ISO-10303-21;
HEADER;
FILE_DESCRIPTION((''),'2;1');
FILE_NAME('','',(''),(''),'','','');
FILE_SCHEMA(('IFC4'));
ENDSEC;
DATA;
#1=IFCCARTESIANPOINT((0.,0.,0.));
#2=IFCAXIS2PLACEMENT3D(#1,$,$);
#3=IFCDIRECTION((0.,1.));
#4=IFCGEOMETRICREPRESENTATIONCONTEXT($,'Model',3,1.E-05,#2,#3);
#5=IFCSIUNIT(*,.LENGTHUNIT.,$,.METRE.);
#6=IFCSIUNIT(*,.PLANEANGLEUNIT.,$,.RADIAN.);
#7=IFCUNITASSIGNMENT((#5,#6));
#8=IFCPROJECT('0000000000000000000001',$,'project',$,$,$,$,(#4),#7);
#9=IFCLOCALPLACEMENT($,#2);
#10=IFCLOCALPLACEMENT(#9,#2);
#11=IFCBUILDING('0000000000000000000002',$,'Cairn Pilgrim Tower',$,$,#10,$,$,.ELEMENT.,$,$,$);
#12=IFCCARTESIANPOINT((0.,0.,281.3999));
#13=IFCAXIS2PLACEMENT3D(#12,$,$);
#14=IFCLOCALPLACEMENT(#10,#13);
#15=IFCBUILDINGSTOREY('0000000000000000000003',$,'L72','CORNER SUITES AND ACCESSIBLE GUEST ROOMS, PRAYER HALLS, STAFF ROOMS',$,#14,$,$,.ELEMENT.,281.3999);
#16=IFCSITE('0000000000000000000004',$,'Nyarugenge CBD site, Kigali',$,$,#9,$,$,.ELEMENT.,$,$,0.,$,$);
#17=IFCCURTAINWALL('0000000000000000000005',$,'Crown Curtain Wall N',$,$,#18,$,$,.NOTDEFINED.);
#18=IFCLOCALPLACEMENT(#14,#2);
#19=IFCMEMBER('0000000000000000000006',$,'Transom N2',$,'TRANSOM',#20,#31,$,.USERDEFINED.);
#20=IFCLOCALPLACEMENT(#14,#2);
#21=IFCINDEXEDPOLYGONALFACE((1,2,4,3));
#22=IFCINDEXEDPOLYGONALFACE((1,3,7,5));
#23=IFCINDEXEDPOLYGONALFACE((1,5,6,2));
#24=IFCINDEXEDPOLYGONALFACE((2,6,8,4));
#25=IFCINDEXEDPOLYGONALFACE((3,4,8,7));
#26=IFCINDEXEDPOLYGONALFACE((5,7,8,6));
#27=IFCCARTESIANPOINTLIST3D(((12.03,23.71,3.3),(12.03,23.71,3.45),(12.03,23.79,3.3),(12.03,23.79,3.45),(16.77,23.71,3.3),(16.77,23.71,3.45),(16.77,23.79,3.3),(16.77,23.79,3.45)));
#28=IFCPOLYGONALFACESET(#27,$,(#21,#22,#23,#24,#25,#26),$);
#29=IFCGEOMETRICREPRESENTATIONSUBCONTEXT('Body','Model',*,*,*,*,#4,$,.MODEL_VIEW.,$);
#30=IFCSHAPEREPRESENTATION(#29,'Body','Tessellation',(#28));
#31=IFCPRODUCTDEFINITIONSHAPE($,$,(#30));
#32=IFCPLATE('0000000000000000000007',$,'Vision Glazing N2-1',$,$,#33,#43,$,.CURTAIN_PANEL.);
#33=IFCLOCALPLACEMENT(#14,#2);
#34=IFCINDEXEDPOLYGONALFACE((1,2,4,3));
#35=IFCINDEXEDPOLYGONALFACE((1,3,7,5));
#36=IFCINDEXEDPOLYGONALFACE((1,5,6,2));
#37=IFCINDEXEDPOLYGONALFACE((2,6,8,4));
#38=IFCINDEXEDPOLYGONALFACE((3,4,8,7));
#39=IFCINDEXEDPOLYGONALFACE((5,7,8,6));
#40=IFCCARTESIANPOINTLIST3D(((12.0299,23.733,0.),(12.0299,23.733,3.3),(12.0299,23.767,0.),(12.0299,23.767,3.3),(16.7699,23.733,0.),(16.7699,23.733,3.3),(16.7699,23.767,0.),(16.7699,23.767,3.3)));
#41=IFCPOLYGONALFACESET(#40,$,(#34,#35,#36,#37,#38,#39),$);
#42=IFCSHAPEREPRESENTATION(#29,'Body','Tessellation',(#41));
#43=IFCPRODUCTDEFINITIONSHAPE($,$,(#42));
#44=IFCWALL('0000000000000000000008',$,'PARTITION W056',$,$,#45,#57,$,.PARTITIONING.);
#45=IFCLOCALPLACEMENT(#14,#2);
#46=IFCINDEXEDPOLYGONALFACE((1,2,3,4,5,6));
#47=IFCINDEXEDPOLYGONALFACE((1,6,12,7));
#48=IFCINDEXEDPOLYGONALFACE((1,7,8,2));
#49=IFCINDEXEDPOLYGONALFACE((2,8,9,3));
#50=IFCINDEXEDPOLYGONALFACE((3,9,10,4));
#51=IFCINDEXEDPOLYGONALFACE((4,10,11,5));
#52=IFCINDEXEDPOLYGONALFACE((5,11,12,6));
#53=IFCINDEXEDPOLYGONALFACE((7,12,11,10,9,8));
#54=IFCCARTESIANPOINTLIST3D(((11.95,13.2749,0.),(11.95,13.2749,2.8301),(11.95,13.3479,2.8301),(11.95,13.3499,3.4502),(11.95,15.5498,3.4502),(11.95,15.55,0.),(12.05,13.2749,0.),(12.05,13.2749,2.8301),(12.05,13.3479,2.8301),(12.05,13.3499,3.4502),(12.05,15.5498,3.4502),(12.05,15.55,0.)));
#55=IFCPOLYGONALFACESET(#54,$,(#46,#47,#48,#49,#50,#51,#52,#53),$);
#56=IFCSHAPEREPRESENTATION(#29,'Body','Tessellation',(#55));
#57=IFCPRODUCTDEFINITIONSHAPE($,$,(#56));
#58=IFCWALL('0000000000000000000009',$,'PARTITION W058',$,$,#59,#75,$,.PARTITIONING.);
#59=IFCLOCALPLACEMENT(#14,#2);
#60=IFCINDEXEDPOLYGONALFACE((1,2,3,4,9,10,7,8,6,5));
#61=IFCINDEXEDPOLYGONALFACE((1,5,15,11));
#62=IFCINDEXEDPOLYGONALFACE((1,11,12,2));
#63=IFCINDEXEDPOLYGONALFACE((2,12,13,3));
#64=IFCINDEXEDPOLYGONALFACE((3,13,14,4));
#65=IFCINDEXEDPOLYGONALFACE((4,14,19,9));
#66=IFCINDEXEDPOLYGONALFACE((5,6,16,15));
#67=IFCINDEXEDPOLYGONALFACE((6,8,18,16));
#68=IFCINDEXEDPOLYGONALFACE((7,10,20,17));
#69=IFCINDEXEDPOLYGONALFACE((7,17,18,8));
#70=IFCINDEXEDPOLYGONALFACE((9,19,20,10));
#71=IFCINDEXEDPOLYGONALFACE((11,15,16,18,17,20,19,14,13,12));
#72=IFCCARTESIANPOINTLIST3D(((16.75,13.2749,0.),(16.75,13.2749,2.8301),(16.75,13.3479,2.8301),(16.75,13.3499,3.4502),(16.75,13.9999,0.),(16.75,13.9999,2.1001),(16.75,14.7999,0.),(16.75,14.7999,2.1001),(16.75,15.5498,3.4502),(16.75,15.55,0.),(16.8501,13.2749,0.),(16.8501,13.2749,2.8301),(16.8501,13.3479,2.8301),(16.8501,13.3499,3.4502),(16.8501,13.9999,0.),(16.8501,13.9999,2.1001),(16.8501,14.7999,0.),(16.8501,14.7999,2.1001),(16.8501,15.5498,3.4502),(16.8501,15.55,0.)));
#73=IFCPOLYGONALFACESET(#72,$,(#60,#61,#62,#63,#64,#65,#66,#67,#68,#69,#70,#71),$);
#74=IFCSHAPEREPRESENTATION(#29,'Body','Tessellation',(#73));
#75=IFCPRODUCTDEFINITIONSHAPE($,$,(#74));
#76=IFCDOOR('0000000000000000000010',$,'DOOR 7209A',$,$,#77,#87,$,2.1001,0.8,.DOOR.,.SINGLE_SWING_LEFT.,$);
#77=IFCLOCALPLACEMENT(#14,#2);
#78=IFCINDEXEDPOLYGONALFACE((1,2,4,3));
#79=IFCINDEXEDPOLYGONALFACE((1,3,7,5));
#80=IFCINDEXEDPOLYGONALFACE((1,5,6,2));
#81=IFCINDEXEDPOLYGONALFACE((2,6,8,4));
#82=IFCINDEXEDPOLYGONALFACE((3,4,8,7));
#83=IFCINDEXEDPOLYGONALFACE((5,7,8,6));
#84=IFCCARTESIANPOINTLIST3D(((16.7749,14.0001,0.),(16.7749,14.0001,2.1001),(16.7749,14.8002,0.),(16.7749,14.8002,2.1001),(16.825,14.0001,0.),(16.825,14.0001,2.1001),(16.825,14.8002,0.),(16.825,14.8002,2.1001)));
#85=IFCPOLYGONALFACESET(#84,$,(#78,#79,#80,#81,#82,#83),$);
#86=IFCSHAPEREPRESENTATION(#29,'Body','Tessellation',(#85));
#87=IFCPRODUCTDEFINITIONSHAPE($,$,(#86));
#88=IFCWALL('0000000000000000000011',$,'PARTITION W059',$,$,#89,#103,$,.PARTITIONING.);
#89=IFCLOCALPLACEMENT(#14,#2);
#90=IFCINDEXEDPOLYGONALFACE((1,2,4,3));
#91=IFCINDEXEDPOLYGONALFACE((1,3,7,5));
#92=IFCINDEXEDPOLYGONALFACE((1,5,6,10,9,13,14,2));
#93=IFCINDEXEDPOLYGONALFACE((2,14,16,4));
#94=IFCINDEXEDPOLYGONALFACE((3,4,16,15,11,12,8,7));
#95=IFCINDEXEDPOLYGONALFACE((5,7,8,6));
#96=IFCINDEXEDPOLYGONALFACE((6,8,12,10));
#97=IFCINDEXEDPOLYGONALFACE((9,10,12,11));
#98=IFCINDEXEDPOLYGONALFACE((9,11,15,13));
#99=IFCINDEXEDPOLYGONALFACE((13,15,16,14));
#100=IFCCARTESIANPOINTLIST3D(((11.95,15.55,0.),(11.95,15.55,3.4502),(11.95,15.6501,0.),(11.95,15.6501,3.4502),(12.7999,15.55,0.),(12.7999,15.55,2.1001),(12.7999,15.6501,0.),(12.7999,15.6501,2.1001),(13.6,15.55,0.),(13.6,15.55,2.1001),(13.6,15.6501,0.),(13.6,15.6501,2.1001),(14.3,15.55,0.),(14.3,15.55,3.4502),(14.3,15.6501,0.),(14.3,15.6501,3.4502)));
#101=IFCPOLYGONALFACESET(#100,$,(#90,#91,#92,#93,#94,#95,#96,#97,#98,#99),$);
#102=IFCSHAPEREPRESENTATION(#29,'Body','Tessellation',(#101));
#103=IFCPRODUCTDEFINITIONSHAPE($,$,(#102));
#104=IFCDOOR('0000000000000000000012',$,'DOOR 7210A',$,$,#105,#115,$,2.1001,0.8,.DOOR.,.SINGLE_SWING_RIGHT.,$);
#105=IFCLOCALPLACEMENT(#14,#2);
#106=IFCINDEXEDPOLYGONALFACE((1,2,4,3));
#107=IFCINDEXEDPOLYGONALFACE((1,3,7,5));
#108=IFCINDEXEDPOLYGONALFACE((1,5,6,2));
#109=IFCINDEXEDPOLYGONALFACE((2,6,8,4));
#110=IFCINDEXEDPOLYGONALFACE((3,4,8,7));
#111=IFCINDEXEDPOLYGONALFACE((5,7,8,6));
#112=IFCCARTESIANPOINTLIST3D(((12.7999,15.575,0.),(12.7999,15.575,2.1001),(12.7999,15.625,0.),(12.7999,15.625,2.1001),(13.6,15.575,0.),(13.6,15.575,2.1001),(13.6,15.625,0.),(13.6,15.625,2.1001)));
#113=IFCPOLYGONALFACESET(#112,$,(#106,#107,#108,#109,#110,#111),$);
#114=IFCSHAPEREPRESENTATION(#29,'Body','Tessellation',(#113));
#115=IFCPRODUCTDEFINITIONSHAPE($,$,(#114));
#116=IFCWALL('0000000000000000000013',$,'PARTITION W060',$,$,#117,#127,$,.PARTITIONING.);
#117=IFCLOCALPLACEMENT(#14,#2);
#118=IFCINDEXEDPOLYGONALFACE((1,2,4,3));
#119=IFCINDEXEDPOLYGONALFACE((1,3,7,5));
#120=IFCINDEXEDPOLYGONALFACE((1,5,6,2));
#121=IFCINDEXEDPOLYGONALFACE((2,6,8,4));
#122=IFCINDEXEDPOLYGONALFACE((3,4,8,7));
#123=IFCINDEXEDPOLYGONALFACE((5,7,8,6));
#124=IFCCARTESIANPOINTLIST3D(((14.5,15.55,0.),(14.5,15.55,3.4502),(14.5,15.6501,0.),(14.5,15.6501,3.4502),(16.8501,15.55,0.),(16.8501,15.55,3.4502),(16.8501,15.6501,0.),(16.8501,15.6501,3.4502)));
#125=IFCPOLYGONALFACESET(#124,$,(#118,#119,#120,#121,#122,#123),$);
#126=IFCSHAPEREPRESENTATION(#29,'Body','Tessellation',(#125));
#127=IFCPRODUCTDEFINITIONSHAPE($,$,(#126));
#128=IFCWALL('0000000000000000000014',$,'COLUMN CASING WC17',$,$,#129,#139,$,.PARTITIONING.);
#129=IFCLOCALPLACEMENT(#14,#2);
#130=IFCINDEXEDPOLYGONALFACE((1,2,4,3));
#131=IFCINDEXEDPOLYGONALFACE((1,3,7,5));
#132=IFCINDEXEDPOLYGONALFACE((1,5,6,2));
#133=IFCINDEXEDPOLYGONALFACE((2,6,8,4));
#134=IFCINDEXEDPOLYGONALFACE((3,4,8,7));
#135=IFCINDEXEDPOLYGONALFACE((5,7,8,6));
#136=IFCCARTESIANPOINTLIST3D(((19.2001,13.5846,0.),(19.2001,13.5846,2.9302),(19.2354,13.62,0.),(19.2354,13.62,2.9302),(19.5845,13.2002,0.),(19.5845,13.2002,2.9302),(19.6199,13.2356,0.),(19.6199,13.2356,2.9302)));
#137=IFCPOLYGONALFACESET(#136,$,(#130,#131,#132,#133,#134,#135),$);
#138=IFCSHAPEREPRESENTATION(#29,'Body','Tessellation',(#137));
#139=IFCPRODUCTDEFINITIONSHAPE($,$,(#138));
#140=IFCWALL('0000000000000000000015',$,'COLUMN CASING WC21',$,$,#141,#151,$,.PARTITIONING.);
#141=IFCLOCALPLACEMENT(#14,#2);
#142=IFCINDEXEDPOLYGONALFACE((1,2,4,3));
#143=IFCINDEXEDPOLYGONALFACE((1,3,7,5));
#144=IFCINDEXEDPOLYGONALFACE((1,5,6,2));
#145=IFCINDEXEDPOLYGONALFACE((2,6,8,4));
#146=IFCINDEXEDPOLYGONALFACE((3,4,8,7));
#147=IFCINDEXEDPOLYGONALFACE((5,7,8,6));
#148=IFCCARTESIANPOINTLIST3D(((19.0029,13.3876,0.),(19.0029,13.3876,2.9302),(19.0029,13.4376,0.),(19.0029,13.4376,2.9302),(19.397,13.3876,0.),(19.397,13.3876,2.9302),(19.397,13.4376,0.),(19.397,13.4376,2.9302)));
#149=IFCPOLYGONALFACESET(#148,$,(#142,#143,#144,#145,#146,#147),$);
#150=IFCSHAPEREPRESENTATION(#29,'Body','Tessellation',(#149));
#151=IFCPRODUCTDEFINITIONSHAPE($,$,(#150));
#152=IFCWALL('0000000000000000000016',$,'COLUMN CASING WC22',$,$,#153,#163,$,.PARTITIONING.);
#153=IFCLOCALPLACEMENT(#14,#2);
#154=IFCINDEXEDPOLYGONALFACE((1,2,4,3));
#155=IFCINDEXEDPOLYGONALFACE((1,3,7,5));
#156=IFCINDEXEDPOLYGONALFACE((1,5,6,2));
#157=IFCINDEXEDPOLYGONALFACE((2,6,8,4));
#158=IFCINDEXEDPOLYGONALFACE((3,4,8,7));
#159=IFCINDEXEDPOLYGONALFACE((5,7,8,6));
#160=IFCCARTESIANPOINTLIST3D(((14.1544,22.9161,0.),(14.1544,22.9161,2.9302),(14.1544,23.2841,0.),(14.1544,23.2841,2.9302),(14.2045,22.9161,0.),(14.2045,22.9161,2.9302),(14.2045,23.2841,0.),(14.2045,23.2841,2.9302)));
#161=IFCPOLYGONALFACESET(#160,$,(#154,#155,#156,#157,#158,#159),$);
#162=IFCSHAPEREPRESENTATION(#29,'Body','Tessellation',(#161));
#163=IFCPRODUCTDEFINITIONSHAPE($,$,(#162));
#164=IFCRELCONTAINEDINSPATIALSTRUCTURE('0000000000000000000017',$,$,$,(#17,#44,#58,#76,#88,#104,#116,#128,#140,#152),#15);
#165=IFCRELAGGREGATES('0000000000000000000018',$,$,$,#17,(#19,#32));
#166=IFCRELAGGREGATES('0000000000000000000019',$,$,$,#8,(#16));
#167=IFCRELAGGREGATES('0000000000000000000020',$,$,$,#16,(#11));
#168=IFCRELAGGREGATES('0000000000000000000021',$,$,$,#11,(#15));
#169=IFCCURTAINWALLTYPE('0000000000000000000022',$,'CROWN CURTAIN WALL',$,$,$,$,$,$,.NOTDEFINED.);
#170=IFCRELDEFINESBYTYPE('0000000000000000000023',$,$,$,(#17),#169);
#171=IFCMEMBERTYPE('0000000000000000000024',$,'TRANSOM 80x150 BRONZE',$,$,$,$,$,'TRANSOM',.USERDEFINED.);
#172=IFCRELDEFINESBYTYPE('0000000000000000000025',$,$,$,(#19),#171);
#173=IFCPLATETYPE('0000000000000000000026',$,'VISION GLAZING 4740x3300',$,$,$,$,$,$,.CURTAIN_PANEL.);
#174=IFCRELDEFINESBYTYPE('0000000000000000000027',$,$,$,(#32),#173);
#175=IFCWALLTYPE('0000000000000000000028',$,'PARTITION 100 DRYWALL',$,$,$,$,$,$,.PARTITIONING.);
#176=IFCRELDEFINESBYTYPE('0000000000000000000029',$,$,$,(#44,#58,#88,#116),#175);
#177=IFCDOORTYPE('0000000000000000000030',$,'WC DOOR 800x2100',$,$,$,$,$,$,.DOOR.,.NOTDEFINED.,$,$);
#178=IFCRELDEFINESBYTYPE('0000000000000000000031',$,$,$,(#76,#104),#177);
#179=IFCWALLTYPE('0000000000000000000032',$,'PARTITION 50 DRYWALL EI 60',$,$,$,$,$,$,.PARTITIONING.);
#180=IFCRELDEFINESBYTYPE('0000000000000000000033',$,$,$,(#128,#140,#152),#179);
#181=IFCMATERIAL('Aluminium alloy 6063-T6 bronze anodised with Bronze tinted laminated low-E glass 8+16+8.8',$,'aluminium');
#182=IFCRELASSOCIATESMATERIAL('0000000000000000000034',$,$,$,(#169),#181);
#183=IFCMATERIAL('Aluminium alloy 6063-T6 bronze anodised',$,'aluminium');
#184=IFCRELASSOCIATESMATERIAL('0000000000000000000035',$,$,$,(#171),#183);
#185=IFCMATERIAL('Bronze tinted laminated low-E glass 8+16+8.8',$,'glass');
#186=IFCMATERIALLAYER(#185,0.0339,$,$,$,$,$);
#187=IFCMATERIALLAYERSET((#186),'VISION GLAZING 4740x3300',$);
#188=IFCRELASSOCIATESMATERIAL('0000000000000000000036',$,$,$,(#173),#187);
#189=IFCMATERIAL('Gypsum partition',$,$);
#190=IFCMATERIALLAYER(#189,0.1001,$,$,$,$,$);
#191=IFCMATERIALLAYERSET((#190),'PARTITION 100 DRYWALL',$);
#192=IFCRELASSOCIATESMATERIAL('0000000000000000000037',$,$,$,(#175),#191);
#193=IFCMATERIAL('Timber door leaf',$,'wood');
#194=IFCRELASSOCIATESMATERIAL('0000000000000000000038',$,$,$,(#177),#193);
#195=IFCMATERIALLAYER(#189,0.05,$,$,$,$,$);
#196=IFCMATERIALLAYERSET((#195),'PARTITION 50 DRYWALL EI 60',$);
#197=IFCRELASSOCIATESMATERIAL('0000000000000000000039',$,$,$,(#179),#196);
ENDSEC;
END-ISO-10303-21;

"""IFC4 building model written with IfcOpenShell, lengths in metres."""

from ifc_helpers import new_model, si_unit, direction, frame, frame_2d, origin, origin_2d, place, context, subcontext, project, spatial, polyline, rectangle, outline, extrude, material, layer, layer_set, material_profile, profile_set, type_object, element, fill, aggregate, save


model = new_model("IFC4")

# Units and contexts
model_context = context("Model", 3, precision=1e-05, world=origin(), true_north=direction((0.0, 1.0)))
body_context = subcontext(model_context, "Body", "Model", "MODEL_VIEW")
ifc_project = project(units=[si_unit("LENGTHUNIT", "METRE"), si_unit("PLANEANGLEUNIT", "RADIAN")], contexts=[model_context])

# Site, building, storey
site_placement = place(None, origin())
site = spatial("IfcSite", under=ifc_project, at=site_placement, Name="Nyarugenge CBD site, Kigali", CompositionType="ELEMENT", RefElevation=0.0)
building_placement = place(site_placement, origin())
building = spatial("IfcBuilding", under=site, at=building_placement, Name="Cairn Pilgrim Tower", CompositionType="ELEMENT")
storey_placement = place(building_placement, frame((0.0, 0.0, 281.3999)))
storey = spatial("IfcBuildingStorey", under=building, at=storey_placement, Name="L72", Description="CORNER SUITES AND ACCESSIBLE GUEST ROOMS, PRAYER HALLS, STAFF ROOMS", CompositionType="ELEMENT", Elevation=281.3999)

# Curtain wall
ifc_material_1 = material(Name="Aluminium alloy 6063-T6 bronze anodised with Bronze tinted laminated low-E glass 8+16+8.8", Category="aluminium")
curtain_wall_type = type_object("IfcCurtainWallType", Name="CROWN CURTAIN WALL", PredefinedType="NOTDEFINED", material=ifc_material_1)
curtain_wall_placement = place(storey_placement, origin())
curtain_wall = element("IfcCurtainWall", 1, at=curtain_wall_placement, inside=storey, type_object=curtain_wall_type, Name="Crown Curtain Wall N", PredefinedType="NOTDEFINED")
ifc_material_2 = material(Name="Aluminium alloy 6063-T6 bronze anodised", Category="aluminium")

# Member
ifc_material_profile_1 = material_profile(ifc_material_2, rectangle(XDim=0.0801, YDim=0.1499, at=origin_2d()), Name="TRANSOM 80x150 BRONZE")
ifc_profile_set_1 = profile_set([ifc_material_profile_1], Name="Aluminium alloy 6063-T6 bronze anodised")
member_type_1 = type_object("IfcMemberType", Name="TRANSOM 80x150 BRONZE", ElementType="TRANSOM", PredefinedType="USERDEFINED", material=ifc_profile_set_1)
member_1_placement = place(storey_placement, frame((16.77, 23.75, 3.375), z_axis=(-1.0, 0.0, 0.0), x_axis=(0.0, -1.0, 0.0)))
member_1 = element("IfcMember", 2, at=member_1_placement, type_object=member_type_1, Name="Transom N2", ObjectType="TRANSOM", PredefinedType="USERDEFINED", context=body_context, shape_type="SweptSolid", body=[
    extrude(rectangle(XDim=0.0801, YDim=0.1499, at=origin_2d()), origin(), (0.0, 0.0, 1.0), 4.74),
])

# Plate
ifc_material_3 = material(Name="Bronze tinted laminated low-E glass 8+16+8.8", Category="glass")
ifc_layer_1 = layer(ifc_material_3, 0.0339)
ifc_layer_set_1 = layer_set([ifc_layer_1], Name="VISION GLAZING 4740x3300")
plate_type = type_object("IfcPlateType", Name="VISION GLAZING 4740x3300", PredefinedType="CURTAIN_PANEL", material=ifc_layer_set_1)
plate_placement = place(storey_placement, frame((14.3999, 23.75, 0.0), z_axis=(0.0, 0.0, 1.0), x_axis=(-1.0, 0.0, 0.0)))
plate = element("IfcPlate", 3, at=plate_placement, type_object=plate_type, Name="Vision Glazing N2-1", PredefinedType="CURTAIN_PANEL", context=body_context, shape_type="SweptSolid", body=[
    extrude(rectangle(XDim=4.74, YDim=0.0339, at=origin_2d()), origin(), (0.0, 0.0, 1.0), 3.3),
])
aggregate(curtain_wall, [member_1, plate])

# Wall
ifc_material_4 = material(Name="Gypsum partition")
ifc_layer_2 = layer(ifc_material_4, 0.1001)
ifc_layer_set_2 = layer_set([ifc_layer_2], Name="PARTITION 100 DRYWALL")
wall_type_1 = type_object("IfcWallType", Name="PARTITION 100 DRYWALL", PredefinedType="PARTITIONING", material=ifc_layer_set_2)
wall_1_placement = place(storey_placement, frame((12.0, 13.2749, 0.0), z_axis=(0.0, 0.0, 1.0), x_axis=(0.0, 1.0, 0.0)))
element("IfcWall", 4, at=wall_1_placement, inside=storey, type_object=wall_type_1, Name="PARTITION W056", PredefinedType="PARTITIONING", context=body_context, shape_type="SweptSolid", body=[
    extrude(outline(polyline([(0.0, 0.0), (2.2751, 0.0), (2.2749, 3.4502), (0.075, 3.4502), (0.073, 2.8301), (0.0, 2.8301), (0.0, 0.0)])), frame((0.0, 0.05, 0.0), z_axis=(0.0, -1.0, 0.0), x_axis=(1.0, 0.0, 0.0)), (0.0, 0.0, 1.0), 0.1001),
])

# Walls, openings, doors
wall_2_placement = place(storey_placement, frame((16.8, 13.2749, 0.0), z_axis=(0.0, 0.0, 1.0), x_axis=(0.0, 1.0, 0.0)))
wall_2 = element("IfcWall", 5, at=wall_2_placement, inside=storey, type_object=wall_type_1, Name="PARTITION W058", PredefinedType="PARTITIONING", context=body_context, shape_type="SweptSolid", body=[
    extrude(outline(polyline([(0.0, 0.0), (2.2751, 0.0), (2.2749, 3.4502), (0.075, 3.4502), (0.073, 2.8301), (0.0, 2.8301), (0.0, 0.0)])), frame((0.0, 0.05, 0.0), z_axis=(0.0, -1.0, 0.0), x_axis=(1.0, 0.0, 0.0)), (0.0, 0.0, 1.0), 0.1001),
])
opening_1_placement = place(wall_2_placement, frame((0.7251, 0.0, 0.0)))
opening_1 = element("IfcOpeningElement", 6, at=opening_1_placement, cuts=wall_2, PredefinedType="OPENING", context=body_context, shape_type="SweptSolid", body=[
    extrude(rectangle(XDim=0.8, YDim=2.1001, at=frame_2d((0.3999, 1.05))), frame((0.0, 0.0601, 0.0), z_axis=(0.0, -1.0, 0.0), x_axis=(1.0, 0.0, 0.0)), (0.0, 0.0, 1.0), 0.1201),
])
ifc_material_5 = material(Name="Timber door leaf", Category="wood")
door_type_1 = type_object("IfcDoorType", Name="WC DOOR 800x2100", OperationType="NOTDEFINED", PredefinedType="DOOR", material=ifc_material_5)
door_1_placement = place(opening_1_placement, frame((0.8, 0.0, 0.0), z_axis=(0.0, 0.0, 1.0), x_axis=(-1.0, 0.0, 0.0)))
door_1 = element("IfcDoor", 7, at=door_1_placement, inside=storey, type_object=door_type_1, Name="DOOR 7209A", OperationType="SINGLE_SWING_LEFT", OverallHeight=2.1001, OverallWidth=0.8, PredefinedType="DOOR", context=body_context, shape_type="SweptSolid", body=[
    extrude(rectangle(XDim=0.8, YDim=2.1001, at=frame_2d((0.3999, 1.05))), frame((0.0, 0.0249, 0.0), z_axis=(0.0, -1.0, 0.0), x_axis=(1.0, 0.0, 0.0)), (0.0, 0.0, 1.0), 0.05),
])
fill(opening_1, door_1)
wall_3_placement = place(storey_placement, frame((11.95, 15.6001, 0.0), z_axis=(0.0, 0.0, 1.0), x_axis=(1.0, 0.0, 0.0)))
wall_3 = element("IfcWall", 8, at=wall_3_placement, inside=storey, type_object=wall_type_1, Name="PARTITION W059", PredefinedType="PARTITIONING", context=body_context, shape_type="SweptSolid", body=[
    extrude(rectangle(XDim=2.3501, YDim=0.1001, at=frame_2d((1.175, 0.0))), origin(), (0.0, 0.0, 1.0), 3.4502),
])
opening_2_placement = place(wall_3_placement, frame((0.8501, 0.0, 0.0)))
opening_2 = element("IfcOpeningElement", 9, at=opening_2_placement, cuts=wall_3, PredefinedType="OPENING", context=body_context, shape_type="SweptSolid", body=[
    extrude(rectangle(XDim=0.8, YDim=2.1001, at=frame_2d((0.3999, 1.05))), frame((0.0, 0.0601, 0.0), z_axis=(0.0, -1.0, 0.0), x_axis=(1.0, 0.0, 0.0)), (0.0, 0.0, 1.0), 0.1201),
])
door_2_placement = place(opening_2_placement, origin())
door_2 = element("IfcDoor", 10, at=door_2_placement, inside=storey, type_object=door_type_1, Name="DOOR 7210A", OperationType="SINGLE_SWING_RIGHT", OverallHeight=2.1001, OverallWidth=0.8, PredefinedType="DOOR", context=body_context, shape_type="SweptSolid", body=[
    extrude(rectangle(XDim=0.8, YDim=2.1001, at=frame_2d((0.3999, 1.05))), frame((0.0, 0.0249, 0.0), z_axis=(0.0, -1.0, 0.0), x_axis=(1.0, 0.0, 0.0)), (0.0, 0.0, 1.0), 0.05),
])
fill(opening_2, door_2)

# Walls
wall_4_placement = place(storey_placement, frame((14.5, 15.6001, 0.0), z_axis=(0.0, 0.0, 1.0), x_axis=(1.0, 0.0, 0.0)))
element("IfcWall", 11, at=wall_4_placement, inside=storey, type_object=wall_type_1, Name="PARTITION W060", PredefinedType="PARTITIONING", context=body_context, shape_type="SweptSolid", body=[
    extrude(rectangle(XDim=2.3501, YDim=0.1001, at=frame_2d((1.175, 0.0))), origin(), (0.0, 0.0, 1.0), 3.4502),
])
ifc_layer_3 = layer(ifc_material_4, 0.05)
ifc_layer_set_3 = layer_set([ifc_layer_3], Name="PARTITION 50 DRYWALL EI 60")
wall_type_2 = type_object("IfcWallType", Name="PARTITION 50 DRYWALL EI 60", PredefinedType="PARTITIONING", material=ifc_layer_set_3)
wall_5_placement = place(storey_placement, frame((19.6023, 13.2178, 0.0), z_axis=(0.0, 0.0, 1.0), x_axis=(-0.707107, 0.707107, 0.0)))
element("IfcWall", 12, at=wall_5_placement, inside=storey, type_object=wall_type_2, Name="COLUMN CASING WC17", PredefinedType="PARTITIONING", context=body_context, shape_type="SweptSolid", body=[
    extrude(rectangle(XDim=0.5437, YDim=0.05, at=frame_2d((0.272, 0.0))), origin(), (0.0, 0.0, 1.0), 2.9302),
])
wall_6_placement = place(storey_placement, frame((19.0029, 13.4126, 0.0), z_axis=(0.0, 0.0, 1.0), x_axis=(1.0, 0.0, 0.0)))
element("IfcWall", 13, at=wall_6_placement, inside=storey, type_object=wall_type_2, Name="COLUMN CASING WC21", PredefinedType="PARTITIONING", context=body_context, shape_type="SweptSolid", body=[
    extrude(rectangle(XDim=0.394, YDim=0.05, at=frame_2d((0.197, 0.0))), origin(), (0.0, 0.0, 1.0), 2.9302),
])
wall_7_placement = place(storey_placement, frame((14.1794, 22.916, 0.0), z_axis=(0.0, 0.0, 1.0), x_axis=(0.0, 1.0, 0.0)))
element("IfcWall", 14, at=wall_7_placement, inside=storey, type_object=wall_type_2, Name="COLUMN CASING WC22", PredefinedType="PARTITIONING", context=body_context, shape_type="SweptSolid", body=[
    extrude(rectangle(XDim=0.3679, YDim=0.05, at=frame_2d((0.1841, 0.0))), origin(), (0.0, 0.0, 1.0), 2.9302),
])

save(model, "model.ifc")
